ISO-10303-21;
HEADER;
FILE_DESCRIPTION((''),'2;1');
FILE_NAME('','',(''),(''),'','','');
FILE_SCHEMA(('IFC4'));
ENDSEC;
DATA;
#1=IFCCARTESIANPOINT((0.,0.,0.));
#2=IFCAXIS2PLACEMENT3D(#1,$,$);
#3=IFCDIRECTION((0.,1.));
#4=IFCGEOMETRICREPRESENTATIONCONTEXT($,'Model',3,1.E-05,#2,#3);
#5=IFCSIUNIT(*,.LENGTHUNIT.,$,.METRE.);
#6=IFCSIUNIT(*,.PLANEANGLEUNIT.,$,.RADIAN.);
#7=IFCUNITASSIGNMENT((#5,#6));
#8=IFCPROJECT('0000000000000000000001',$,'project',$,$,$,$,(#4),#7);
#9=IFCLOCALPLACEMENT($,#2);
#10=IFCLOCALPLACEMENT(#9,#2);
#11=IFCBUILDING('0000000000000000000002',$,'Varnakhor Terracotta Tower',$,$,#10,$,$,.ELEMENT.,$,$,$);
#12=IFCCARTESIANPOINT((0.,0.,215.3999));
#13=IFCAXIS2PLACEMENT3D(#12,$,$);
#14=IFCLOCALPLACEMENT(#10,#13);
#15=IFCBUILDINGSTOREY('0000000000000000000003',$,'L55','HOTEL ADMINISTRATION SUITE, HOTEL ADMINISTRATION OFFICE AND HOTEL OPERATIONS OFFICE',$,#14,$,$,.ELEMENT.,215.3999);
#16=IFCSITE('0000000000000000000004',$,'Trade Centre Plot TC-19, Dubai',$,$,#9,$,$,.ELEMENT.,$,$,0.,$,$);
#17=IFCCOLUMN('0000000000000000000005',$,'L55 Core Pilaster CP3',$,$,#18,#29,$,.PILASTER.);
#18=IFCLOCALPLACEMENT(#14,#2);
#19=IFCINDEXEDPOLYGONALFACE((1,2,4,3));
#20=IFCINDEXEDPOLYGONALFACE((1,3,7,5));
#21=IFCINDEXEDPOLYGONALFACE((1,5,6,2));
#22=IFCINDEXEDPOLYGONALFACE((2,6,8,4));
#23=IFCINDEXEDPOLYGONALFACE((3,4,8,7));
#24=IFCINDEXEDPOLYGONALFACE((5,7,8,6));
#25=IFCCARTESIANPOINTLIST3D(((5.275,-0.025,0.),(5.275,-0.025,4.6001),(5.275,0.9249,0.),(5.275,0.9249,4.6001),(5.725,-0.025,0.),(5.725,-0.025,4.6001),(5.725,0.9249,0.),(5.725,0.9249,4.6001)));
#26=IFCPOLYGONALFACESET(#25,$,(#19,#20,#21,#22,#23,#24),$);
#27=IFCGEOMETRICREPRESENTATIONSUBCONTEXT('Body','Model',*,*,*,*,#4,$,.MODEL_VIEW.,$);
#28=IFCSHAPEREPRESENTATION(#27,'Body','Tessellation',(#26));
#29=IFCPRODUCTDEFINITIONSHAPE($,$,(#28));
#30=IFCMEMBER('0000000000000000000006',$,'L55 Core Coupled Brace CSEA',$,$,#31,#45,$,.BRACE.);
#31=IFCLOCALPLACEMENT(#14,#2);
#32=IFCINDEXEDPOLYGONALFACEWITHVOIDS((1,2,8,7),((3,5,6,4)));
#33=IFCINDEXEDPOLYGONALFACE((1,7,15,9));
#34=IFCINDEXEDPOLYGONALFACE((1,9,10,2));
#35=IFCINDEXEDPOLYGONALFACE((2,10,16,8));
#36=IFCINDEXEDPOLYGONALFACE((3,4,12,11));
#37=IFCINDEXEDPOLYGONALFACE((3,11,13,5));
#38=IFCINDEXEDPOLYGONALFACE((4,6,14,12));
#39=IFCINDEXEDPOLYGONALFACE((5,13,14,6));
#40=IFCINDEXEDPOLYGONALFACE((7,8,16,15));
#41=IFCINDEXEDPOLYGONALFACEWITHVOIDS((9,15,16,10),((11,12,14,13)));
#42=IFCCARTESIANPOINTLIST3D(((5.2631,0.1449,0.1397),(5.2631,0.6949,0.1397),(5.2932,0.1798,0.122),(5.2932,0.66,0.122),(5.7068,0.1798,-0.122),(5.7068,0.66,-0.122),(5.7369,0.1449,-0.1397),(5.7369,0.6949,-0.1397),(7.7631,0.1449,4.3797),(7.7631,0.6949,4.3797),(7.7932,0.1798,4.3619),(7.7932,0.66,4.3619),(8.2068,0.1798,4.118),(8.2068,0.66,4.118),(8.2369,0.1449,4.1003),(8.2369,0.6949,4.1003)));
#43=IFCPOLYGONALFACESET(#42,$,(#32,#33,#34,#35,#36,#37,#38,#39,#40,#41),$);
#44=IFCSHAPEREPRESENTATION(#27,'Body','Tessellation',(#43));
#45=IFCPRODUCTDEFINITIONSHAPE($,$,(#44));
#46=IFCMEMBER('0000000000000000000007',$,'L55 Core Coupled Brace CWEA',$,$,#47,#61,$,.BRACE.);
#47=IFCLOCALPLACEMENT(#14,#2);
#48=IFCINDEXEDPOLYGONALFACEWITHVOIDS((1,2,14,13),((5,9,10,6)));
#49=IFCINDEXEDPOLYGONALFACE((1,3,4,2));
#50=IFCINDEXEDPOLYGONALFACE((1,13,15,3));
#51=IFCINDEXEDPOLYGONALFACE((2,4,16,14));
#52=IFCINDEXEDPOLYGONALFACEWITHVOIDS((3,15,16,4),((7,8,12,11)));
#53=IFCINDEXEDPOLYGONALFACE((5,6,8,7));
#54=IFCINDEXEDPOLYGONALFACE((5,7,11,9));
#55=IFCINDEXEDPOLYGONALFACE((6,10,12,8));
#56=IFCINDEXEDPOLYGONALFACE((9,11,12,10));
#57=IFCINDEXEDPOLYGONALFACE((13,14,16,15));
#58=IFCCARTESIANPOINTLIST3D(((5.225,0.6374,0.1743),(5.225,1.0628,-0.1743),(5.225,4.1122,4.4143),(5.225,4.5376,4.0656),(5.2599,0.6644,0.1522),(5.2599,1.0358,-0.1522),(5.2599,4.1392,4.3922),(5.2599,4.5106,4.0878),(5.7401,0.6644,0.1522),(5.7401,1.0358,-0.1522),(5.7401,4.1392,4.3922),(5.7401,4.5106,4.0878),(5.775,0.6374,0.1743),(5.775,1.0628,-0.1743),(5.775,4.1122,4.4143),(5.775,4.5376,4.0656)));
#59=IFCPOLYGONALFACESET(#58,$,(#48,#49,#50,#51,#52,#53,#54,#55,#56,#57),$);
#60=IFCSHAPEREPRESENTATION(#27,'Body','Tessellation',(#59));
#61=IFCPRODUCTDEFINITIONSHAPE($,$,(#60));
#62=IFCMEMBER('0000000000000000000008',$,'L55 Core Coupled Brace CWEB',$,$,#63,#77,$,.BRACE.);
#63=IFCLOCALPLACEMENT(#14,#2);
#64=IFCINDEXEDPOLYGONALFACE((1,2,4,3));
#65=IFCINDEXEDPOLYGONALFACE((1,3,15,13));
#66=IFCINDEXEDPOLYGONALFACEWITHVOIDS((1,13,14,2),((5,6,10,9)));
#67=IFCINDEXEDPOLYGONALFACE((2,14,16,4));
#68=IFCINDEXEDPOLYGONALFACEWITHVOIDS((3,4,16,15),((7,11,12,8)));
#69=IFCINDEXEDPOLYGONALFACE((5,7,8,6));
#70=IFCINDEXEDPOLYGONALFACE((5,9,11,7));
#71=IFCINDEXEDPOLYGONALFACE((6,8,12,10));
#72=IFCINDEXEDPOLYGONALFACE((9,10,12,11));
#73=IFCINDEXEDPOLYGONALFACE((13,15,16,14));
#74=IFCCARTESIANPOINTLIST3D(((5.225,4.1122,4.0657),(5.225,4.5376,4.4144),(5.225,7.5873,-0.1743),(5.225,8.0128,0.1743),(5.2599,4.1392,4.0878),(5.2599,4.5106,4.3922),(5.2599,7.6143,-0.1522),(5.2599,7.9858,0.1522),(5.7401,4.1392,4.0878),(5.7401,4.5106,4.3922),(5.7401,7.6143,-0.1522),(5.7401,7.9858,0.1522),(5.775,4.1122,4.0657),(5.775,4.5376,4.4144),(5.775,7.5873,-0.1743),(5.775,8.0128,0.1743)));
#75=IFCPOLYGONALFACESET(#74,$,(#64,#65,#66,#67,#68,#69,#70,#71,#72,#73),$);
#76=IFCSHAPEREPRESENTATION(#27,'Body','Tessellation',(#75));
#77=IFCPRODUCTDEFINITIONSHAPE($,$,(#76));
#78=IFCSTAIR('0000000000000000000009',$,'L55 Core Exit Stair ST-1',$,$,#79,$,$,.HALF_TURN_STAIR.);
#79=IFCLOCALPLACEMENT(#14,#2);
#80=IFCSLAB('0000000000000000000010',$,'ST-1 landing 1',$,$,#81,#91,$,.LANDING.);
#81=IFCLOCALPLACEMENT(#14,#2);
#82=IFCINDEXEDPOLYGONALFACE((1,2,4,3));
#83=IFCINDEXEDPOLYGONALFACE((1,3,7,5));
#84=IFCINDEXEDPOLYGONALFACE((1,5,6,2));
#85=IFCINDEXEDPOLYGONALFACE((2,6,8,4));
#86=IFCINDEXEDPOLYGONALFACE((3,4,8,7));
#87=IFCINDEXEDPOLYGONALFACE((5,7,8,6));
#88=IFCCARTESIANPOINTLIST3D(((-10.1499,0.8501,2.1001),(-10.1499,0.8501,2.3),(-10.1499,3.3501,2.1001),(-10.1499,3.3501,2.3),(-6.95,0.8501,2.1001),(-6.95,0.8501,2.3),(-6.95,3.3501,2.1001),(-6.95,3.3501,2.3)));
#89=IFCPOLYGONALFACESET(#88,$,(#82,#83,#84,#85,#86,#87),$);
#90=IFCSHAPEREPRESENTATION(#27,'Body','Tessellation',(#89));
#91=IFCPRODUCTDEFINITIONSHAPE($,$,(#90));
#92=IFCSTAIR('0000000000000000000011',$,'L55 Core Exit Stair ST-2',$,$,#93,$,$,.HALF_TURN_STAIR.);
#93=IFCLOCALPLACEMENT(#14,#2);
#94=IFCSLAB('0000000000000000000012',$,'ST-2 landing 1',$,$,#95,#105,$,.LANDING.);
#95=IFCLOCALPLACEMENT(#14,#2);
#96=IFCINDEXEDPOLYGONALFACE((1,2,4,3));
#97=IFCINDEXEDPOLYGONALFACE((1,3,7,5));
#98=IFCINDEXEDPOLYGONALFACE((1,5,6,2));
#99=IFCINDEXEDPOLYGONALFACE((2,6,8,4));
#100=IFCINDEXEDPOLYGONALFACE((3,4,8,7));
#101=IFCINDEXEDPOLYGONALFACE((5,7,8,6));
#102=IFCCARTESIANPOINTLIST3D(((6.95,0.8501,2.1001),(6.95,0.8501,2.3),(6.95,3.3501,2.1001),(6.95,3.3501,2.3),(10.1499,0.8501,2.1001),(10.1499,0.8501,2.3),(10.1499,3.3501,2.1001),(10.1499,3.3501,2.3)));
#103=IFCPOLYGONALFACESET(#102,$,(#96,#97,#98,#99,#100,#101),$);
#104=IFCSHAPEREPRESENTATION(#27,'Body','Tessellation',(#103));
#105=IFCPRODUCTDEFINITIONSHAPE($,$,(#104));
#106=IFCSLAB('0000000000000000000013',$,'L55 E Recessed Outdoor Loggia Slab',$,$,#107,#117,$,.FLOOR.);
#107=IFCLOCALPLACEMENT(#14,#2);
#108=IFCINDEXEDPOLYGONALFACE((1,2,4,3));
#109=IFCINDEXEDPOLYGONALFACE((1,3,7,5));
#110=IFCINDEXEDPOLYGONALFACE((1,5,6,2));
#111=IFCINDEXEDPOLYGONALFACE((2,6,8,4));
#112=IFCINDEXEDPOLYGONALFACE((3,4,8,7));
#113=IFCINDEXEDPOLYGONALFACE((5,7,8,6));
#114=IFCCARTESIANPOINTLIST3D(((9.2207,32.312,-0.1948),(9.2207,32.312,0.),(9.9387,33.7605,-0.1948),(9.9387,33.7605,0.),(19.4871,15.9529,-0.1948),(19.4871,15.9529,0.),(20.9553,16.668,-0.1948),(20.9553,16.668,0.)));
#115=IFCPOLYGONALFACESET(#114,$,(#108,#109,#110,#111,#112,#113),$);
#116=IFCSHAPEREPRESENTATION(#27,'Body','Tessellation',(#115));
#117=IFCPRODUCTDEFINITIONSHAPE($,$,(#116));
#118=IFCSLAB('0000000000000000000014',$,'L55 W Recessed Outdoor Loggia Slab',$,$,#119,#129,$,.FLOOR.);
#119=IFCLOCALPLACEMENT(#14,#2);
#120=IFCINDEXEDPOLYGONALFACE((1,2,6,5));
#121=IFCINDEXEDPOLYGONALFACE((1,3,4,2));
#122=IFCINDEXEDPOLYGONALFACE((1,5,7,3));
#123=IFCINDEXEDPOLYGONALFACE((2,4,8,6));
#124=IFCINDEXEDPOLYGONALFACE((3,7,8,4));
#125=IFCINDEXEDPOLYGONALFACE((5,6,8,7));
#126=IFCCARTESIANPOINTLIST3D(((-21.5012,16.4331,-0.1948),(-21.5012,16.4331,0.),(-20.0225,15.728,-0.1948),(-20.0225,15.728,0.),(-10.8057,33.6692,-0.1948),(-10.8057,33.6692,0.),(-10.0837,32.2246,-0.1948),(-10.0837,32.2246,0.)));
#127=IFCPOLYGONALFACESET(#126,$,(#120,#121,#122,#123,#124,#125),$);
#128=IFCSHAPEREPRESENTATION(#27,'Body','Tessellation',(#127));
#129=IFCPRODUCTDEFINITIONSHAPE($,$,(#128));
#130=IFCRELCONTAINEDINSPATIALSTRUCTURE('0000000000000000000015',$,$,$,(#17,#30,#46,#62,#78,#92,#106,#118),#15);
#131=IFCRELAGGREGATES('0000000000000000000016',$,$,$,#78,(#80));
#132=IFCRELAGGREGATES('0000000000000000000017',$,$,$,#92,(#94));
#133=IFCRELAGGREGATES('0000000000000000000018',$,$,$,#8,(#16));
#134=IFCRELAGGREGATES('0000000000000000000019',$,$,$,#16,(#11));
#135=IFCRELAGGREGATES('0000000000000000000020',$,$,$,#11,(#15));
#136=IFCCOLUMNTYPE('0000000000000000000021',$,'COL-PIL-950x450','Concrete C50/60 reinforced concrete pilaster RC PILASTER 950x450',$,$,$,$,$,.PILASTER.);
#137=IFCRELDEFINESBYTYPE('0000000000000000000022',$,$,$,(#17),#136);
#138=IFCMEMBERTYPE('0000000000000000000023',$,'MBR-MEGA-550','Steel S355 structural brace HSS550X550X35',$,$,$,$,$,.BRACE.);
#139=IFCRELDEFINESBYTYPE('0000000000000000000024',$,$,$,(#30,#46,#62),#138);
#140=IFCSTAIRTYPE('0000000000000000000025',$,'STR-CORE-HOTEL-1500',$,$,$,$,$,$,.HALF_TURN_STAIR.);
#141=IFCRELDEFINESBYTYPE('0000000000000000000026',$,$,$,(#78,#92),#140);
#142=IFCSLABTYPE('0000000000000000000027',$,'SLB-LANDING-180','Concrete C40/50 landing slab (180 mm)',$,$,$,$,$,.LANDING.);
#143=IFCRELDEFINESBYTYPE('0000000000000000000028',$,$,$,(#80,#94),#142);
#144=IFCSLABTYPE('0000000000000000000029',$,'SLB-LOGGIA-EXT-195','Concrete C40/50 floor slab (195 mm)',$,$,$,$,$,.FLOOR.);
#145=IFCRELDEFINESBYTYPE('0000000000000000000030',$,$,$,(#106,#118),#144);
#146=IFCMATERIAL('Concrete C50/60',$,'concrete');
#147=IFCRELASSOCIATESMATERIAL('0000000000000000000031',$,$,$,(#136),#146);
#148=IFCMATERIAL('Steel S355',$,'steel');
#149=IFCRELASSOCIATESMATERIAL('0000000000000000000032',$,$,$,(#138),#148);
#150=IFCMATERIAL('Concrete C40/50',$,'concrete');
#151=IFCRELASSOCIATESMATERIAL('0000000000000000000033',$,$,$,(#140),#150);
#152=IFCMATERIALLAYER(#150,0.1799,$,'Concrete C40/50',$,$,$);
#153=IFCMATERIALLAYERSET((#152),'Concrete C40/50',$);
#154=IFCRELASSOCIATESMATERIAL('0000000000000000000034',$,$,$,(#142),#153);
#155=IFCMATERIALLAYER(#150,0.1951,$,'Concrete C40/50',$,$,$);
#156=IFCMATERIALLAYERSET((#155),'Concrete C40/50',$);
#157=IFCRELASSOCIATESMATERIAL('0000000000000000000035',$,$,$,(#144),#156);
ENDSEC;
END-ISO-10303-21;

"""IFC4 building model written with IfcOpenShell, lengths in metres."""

from ifc_helpers import new_model, si_unit, direction, frame, origin, origin_2d, place, context, subcontext, project, spatial, polyline, rectangle, hollow_rectangle, outline, extrude, source, transform, mapped, material, layer, layer_set, material_profile, profile_set, type_object, type_shapes, element, aggregate, save


model = new_model("IFC4")

# Units and contexts
model_context = context("Model", 3, precision=1e-05, world=origin(), true_north=direction((0.0, 1.0)))
body_context = subcontext(model_context, "Body", "Model", "MODEL_VIEW")
ifc_project = project(units=[si_unit("LENGTHUNIT", "METRE"), si_unit("PLANEANGLEUNIT", "RADIAN")], contexts=[model_context])

# Site, building, storey
site_placement = place(None, origin())
site = spatial("IfcSite", under=ifc_project, at=site_placement, Name="Trade Centre Plot TC-19, Dubai", CompositionType="ELEMENT", RefElevation=0.0)
building_placement = place(site_placement, origin())
building = spatial("IfcBuilding", under=site, at=building_placement, Name="Varnakhor Terracotta Tower", CompositionType="ELEMENT")
storey_placement = place(building_placement, frame((0.0, 0.0, 215.3999)))
storey = spatial("IfcBuildingStorey", under=building, at=storey_placement, Name="L55", Description="HOTEL ADMINISTRATION SUITE, HOTEL ADMINISTRATION OFFICE AND HOTEL OPERATIONS OFFICE", CompositionType="ELEMENT", Elevation=215.3999)

# Column
ifc_material_1 = material(Name="Concrete C50/60", Category="concrete")
ifc_material_profile_1 = material_profile(ifc_material_1, rectangle(XDim=0.45, YDim=0.95, at=origin_2d()), Name="RC PILASTER 950x450")
ifc_profile_set_1 = profile_set([ifc_material_profile_1], Name="Concrete C50/60")
column_type = type_object("IfcColumnType", Name="COL-PIL-950x450", Description="Concrete C50/60 reinforced concrete pilaster RC PILASTER 950x450", PredefinedType="PILASTER", material=ifc_profile_set_1)
shared_shape_1 = source(origin(), body_context, "Body", "SweptSolid", [
    extrude(rectangle(XDim=0.45, YDim=0.95, at=origin_2d()), origin(), (0.0, 0.0, 1.0), 4.6001),
])
column_placement = place(storey_placement, frame((5.5, 0.45, 0.0), z_axis=(0.0, 0.0, 1.0), x_axis=(1.0, 0.0, 0.0)))
element("IfcColumn", 1, at=column_placement, inside=storey, type_object=column_type, Name="L55 Core Pilaster CP3", PredefinedType="PILASTER", context=body_context, shape_type="MappedRepresentation", body=[
    mapped(shared_shape_1, transform((0.0, 0.0, 0.0), scale=1.0)),
])

# Members
ifc_material_2 = material(Name="Steel S355", Category="steel")
ifc_material_profile_2 = material_profile(ifc_material_2, hollow_rectangle(XDim=0.55, YDim=0.55, WallThickness=0.0349, at=origin_2d()), Name="HSS550X550X35")
ifc_profile_set_2 = profile_set([ifc_material_profile_2], Name="Steel S355")
member_type = type_object("IfcMemberType", Name="MBR-MEGA-550", Description="Steel S355 structural brace HSS550X550X35", PredefinedType="BRACE", material=ifc_profile_set_2)
shared_shape_2 = source(origin(), body_context, "Body", "SweptSolid", [
    extrude(hollow_rectangle(XDim=0.55, YDim=0.55, WallThickness=0.0349, at=origin_2d()), origin(), (0.0, 0.0, 1.0), 4.9221),
])
type_shapes(member_type, [shared_shape_2])
member_1_placement = place(storey_placement, frame((5.5, 0.4199, 0.0), z_axis=(0.507909, 0.0, 0.861411), x_axis=(0.0, 1.0, 0.0)))
element("IfcMember", 2, at=member_1_placement, inside=storey, type_object=member_type, Name="L55 Core Coupled Brace CSEA", PredefinedType="BRACE", context=body_context, shape_type="MappedRepresentation", body=[
    mapped(shared_shape_2, transform((0.0, 0.0, 0.0), scale=1.0)),
])
shared_shape_3 = source(origin(), body_context, "Body", "SweptSolid", [
    extrude(hollow_rectangle(XDim=0.55, YDim=0.55, WallThickness=0.0349, at=origin_2d()), origin(), (0.0, 0.0, 1.0), 5.4819),
])
member_2_placement = place(storey_placement, frame((5.5, 0.8501, 0.0), z_axis=(0.0, 0.633868, 0.773441), x_axis=(-1.0, 0.0, 0.0)))
element("IfcMember", 3, at=member_2_placement, inside=storey, type_object=member_type, Name="L55 Core Coupled Brace CWEA", PredefinedType="BRACE", context=body_context, shape_type="MappedRepresentation", body=[
    mapped(shared_shape_3, transform((0.0, 0.0, 0.0), scale=1.0)),
])
shared_shape_4 = source(origin(), body_context, "Body", "SweptSolid", [
    extrude(hollow_rectangle(XDim=0.55, YDim=0.55, WallThickness=0.0349, at=origin_2d()), origin(), (0.0, 0.0, 1.0), 5.4822),
])
member_3_placement = place(storey_placement, frame((5.5, 7.8, 0.0), z_axis=(0.0, -0.633895, 0.773419), x_axis=(1.0, 0.0, 0.0)))
element("IfcMember", 4, at=member_3_placement, inside=storey, type_object=member_type, Name="L55 Core Coupled Brace CWEB", PredefinedType="BRACE", context=body_context, shape_type="MappedRepresentation", body=[
    mapped(shared_shape_4, transform((0.0, 0.0, 0.0), scale=1.0)),
])

# Stairs, slabs
ifc_material_3 = material(Name="Concrete C40/50", Category="concrete")
stair_type = type_object("IfcStairType", Name="STR-CORE-HOTEL-1500", PredefinedType="HALF_TURN_STAIR", material=ifc_material_3)
stair_1_placement = place(storey_placement, origin())
stair_1 = element("IfcStair", 5, at=stair_1_placement, inside=storey, type_object=stair_type, Name="L55 Core Exit Stair ST-1", PredefinedType="HALF_TURN_STAIR")
ifc_layer_1 = layer(ifc_material_3, 0.1799, Name="Concrete C40/50")
ifc_layer_set_1 = layer_set([ifc_layer_1], Name="Concrete C40/50")
slab_type_1 = type_object("IfcSlabType", Name="SLB-LANDING-180", Description="Concrete C40/50 landing slab (180 mm)", PredefinedType="LANDING", material=ifc_layer_set_1)
slab_1_placement = place(storey_placement, frame((0.0, 0.0, 2.1001)))
slab_1 = element("IfcSlab", 6, at=slab_1_placement, type_object=slab_type_1, Name="ST-1 landing 1", PredefinedType="LANDING", context=body_context, shape_type="SweptSolid", body=[
    extrude(outline(polyline([(-10.1499, 3.3501), (-10.1499, 0.8501), (-6.95, 0.8501), (-6.95, 3.3501), (-10.1499, 3.3501)])), origin(), (0.0, 0.0, 1.0), 0.2),
])
aggregate(stair_1, [slab_1])
stair_2_placement = place(storey_placement, origin())
stair_2 = element("IfcStair", 7, at=stair_2_placement, inside=storey, type_object=stair_type, Name="L55 Core Exit Stair ST-2", PredefinedType="HALF_TURN_STAIR")
slab_2_placement = place(storey_placement, frame((0.0, 0.0, 2.1001)))
slab_2 = element("IfcSlab", 8, at=slab_2_placement, type_object=slab_type_1, Name="ST-2 landing 1", PredefinedType="LANDING", context=body_context, shape_type="SweptSolid", body=[
    extrude(outline(polyline([(6.95, 3.3501), (6.95, 0.8501), (10.1499, 0.8501), (10.1499, 3.3501), (6.95, 3.3501)])), origin(), (0.0, 0.0, 1.0), 0.2),
])

# Slabs
ifc_layer_2 = layer(ifc_material_3, 0.1951, Name="Concrete C40/50")
ifc_layer_set_2 = layer_set([ifc_layer_2], Name="Concrete C40/50")
slab_type_2 = type_object("IfcSlabType", Name="SLB-LOGGIA-EXT-195", Description="Concrete C40/50 floor slab (195 mm)", PredefinedType="FLOOR", material=ifc_layer_set_2)
slab_3_placement = place(storey_placement, frame((0.0, 0.0, -0.1948)))
element("IfcSlab", 9, at=slab_3_placement, inside=storey, type_object=slab_type_2, Name="L55 E Recessed Outdoor Loggia Slab", PredefinedType="FLOOR", context=body_context, shape_type="SweptSolid", body=[
    extrude(outline(polyline([(9.9387, 33.7605), (20.9553, 16.668), (19.4871, 15.9529), (9.2207, 32.312), (9.9387, 33.7605)])), origin(), (0.0, 0.0, 1.0), 0.1948),
])
slab_4_placement = place(storey_placement, frame((0.0, 0.0, -0.1948)))
element("IfcSlab", 10, at=slab_4_placement, inside=storey, type_object=slab_type_2, Name="L55 W Recessed Outdoor Loggia Slab", PredefinedType="FLOOR", context=body_context, shape_type="SweptSolid", body=[
    extrude(outline(polyline([(-21.5012, 16.4331), (-10.8057, 33.6692), (-10.0837, 32.2246), (-20.0225, 15.728), (-21.5012, 16.4331)])), origin(), (0.0, 0.0, 1.0), 0.1948),
])

aggregate(stair_2, [slab_2])

save(model, "model.ifc")
